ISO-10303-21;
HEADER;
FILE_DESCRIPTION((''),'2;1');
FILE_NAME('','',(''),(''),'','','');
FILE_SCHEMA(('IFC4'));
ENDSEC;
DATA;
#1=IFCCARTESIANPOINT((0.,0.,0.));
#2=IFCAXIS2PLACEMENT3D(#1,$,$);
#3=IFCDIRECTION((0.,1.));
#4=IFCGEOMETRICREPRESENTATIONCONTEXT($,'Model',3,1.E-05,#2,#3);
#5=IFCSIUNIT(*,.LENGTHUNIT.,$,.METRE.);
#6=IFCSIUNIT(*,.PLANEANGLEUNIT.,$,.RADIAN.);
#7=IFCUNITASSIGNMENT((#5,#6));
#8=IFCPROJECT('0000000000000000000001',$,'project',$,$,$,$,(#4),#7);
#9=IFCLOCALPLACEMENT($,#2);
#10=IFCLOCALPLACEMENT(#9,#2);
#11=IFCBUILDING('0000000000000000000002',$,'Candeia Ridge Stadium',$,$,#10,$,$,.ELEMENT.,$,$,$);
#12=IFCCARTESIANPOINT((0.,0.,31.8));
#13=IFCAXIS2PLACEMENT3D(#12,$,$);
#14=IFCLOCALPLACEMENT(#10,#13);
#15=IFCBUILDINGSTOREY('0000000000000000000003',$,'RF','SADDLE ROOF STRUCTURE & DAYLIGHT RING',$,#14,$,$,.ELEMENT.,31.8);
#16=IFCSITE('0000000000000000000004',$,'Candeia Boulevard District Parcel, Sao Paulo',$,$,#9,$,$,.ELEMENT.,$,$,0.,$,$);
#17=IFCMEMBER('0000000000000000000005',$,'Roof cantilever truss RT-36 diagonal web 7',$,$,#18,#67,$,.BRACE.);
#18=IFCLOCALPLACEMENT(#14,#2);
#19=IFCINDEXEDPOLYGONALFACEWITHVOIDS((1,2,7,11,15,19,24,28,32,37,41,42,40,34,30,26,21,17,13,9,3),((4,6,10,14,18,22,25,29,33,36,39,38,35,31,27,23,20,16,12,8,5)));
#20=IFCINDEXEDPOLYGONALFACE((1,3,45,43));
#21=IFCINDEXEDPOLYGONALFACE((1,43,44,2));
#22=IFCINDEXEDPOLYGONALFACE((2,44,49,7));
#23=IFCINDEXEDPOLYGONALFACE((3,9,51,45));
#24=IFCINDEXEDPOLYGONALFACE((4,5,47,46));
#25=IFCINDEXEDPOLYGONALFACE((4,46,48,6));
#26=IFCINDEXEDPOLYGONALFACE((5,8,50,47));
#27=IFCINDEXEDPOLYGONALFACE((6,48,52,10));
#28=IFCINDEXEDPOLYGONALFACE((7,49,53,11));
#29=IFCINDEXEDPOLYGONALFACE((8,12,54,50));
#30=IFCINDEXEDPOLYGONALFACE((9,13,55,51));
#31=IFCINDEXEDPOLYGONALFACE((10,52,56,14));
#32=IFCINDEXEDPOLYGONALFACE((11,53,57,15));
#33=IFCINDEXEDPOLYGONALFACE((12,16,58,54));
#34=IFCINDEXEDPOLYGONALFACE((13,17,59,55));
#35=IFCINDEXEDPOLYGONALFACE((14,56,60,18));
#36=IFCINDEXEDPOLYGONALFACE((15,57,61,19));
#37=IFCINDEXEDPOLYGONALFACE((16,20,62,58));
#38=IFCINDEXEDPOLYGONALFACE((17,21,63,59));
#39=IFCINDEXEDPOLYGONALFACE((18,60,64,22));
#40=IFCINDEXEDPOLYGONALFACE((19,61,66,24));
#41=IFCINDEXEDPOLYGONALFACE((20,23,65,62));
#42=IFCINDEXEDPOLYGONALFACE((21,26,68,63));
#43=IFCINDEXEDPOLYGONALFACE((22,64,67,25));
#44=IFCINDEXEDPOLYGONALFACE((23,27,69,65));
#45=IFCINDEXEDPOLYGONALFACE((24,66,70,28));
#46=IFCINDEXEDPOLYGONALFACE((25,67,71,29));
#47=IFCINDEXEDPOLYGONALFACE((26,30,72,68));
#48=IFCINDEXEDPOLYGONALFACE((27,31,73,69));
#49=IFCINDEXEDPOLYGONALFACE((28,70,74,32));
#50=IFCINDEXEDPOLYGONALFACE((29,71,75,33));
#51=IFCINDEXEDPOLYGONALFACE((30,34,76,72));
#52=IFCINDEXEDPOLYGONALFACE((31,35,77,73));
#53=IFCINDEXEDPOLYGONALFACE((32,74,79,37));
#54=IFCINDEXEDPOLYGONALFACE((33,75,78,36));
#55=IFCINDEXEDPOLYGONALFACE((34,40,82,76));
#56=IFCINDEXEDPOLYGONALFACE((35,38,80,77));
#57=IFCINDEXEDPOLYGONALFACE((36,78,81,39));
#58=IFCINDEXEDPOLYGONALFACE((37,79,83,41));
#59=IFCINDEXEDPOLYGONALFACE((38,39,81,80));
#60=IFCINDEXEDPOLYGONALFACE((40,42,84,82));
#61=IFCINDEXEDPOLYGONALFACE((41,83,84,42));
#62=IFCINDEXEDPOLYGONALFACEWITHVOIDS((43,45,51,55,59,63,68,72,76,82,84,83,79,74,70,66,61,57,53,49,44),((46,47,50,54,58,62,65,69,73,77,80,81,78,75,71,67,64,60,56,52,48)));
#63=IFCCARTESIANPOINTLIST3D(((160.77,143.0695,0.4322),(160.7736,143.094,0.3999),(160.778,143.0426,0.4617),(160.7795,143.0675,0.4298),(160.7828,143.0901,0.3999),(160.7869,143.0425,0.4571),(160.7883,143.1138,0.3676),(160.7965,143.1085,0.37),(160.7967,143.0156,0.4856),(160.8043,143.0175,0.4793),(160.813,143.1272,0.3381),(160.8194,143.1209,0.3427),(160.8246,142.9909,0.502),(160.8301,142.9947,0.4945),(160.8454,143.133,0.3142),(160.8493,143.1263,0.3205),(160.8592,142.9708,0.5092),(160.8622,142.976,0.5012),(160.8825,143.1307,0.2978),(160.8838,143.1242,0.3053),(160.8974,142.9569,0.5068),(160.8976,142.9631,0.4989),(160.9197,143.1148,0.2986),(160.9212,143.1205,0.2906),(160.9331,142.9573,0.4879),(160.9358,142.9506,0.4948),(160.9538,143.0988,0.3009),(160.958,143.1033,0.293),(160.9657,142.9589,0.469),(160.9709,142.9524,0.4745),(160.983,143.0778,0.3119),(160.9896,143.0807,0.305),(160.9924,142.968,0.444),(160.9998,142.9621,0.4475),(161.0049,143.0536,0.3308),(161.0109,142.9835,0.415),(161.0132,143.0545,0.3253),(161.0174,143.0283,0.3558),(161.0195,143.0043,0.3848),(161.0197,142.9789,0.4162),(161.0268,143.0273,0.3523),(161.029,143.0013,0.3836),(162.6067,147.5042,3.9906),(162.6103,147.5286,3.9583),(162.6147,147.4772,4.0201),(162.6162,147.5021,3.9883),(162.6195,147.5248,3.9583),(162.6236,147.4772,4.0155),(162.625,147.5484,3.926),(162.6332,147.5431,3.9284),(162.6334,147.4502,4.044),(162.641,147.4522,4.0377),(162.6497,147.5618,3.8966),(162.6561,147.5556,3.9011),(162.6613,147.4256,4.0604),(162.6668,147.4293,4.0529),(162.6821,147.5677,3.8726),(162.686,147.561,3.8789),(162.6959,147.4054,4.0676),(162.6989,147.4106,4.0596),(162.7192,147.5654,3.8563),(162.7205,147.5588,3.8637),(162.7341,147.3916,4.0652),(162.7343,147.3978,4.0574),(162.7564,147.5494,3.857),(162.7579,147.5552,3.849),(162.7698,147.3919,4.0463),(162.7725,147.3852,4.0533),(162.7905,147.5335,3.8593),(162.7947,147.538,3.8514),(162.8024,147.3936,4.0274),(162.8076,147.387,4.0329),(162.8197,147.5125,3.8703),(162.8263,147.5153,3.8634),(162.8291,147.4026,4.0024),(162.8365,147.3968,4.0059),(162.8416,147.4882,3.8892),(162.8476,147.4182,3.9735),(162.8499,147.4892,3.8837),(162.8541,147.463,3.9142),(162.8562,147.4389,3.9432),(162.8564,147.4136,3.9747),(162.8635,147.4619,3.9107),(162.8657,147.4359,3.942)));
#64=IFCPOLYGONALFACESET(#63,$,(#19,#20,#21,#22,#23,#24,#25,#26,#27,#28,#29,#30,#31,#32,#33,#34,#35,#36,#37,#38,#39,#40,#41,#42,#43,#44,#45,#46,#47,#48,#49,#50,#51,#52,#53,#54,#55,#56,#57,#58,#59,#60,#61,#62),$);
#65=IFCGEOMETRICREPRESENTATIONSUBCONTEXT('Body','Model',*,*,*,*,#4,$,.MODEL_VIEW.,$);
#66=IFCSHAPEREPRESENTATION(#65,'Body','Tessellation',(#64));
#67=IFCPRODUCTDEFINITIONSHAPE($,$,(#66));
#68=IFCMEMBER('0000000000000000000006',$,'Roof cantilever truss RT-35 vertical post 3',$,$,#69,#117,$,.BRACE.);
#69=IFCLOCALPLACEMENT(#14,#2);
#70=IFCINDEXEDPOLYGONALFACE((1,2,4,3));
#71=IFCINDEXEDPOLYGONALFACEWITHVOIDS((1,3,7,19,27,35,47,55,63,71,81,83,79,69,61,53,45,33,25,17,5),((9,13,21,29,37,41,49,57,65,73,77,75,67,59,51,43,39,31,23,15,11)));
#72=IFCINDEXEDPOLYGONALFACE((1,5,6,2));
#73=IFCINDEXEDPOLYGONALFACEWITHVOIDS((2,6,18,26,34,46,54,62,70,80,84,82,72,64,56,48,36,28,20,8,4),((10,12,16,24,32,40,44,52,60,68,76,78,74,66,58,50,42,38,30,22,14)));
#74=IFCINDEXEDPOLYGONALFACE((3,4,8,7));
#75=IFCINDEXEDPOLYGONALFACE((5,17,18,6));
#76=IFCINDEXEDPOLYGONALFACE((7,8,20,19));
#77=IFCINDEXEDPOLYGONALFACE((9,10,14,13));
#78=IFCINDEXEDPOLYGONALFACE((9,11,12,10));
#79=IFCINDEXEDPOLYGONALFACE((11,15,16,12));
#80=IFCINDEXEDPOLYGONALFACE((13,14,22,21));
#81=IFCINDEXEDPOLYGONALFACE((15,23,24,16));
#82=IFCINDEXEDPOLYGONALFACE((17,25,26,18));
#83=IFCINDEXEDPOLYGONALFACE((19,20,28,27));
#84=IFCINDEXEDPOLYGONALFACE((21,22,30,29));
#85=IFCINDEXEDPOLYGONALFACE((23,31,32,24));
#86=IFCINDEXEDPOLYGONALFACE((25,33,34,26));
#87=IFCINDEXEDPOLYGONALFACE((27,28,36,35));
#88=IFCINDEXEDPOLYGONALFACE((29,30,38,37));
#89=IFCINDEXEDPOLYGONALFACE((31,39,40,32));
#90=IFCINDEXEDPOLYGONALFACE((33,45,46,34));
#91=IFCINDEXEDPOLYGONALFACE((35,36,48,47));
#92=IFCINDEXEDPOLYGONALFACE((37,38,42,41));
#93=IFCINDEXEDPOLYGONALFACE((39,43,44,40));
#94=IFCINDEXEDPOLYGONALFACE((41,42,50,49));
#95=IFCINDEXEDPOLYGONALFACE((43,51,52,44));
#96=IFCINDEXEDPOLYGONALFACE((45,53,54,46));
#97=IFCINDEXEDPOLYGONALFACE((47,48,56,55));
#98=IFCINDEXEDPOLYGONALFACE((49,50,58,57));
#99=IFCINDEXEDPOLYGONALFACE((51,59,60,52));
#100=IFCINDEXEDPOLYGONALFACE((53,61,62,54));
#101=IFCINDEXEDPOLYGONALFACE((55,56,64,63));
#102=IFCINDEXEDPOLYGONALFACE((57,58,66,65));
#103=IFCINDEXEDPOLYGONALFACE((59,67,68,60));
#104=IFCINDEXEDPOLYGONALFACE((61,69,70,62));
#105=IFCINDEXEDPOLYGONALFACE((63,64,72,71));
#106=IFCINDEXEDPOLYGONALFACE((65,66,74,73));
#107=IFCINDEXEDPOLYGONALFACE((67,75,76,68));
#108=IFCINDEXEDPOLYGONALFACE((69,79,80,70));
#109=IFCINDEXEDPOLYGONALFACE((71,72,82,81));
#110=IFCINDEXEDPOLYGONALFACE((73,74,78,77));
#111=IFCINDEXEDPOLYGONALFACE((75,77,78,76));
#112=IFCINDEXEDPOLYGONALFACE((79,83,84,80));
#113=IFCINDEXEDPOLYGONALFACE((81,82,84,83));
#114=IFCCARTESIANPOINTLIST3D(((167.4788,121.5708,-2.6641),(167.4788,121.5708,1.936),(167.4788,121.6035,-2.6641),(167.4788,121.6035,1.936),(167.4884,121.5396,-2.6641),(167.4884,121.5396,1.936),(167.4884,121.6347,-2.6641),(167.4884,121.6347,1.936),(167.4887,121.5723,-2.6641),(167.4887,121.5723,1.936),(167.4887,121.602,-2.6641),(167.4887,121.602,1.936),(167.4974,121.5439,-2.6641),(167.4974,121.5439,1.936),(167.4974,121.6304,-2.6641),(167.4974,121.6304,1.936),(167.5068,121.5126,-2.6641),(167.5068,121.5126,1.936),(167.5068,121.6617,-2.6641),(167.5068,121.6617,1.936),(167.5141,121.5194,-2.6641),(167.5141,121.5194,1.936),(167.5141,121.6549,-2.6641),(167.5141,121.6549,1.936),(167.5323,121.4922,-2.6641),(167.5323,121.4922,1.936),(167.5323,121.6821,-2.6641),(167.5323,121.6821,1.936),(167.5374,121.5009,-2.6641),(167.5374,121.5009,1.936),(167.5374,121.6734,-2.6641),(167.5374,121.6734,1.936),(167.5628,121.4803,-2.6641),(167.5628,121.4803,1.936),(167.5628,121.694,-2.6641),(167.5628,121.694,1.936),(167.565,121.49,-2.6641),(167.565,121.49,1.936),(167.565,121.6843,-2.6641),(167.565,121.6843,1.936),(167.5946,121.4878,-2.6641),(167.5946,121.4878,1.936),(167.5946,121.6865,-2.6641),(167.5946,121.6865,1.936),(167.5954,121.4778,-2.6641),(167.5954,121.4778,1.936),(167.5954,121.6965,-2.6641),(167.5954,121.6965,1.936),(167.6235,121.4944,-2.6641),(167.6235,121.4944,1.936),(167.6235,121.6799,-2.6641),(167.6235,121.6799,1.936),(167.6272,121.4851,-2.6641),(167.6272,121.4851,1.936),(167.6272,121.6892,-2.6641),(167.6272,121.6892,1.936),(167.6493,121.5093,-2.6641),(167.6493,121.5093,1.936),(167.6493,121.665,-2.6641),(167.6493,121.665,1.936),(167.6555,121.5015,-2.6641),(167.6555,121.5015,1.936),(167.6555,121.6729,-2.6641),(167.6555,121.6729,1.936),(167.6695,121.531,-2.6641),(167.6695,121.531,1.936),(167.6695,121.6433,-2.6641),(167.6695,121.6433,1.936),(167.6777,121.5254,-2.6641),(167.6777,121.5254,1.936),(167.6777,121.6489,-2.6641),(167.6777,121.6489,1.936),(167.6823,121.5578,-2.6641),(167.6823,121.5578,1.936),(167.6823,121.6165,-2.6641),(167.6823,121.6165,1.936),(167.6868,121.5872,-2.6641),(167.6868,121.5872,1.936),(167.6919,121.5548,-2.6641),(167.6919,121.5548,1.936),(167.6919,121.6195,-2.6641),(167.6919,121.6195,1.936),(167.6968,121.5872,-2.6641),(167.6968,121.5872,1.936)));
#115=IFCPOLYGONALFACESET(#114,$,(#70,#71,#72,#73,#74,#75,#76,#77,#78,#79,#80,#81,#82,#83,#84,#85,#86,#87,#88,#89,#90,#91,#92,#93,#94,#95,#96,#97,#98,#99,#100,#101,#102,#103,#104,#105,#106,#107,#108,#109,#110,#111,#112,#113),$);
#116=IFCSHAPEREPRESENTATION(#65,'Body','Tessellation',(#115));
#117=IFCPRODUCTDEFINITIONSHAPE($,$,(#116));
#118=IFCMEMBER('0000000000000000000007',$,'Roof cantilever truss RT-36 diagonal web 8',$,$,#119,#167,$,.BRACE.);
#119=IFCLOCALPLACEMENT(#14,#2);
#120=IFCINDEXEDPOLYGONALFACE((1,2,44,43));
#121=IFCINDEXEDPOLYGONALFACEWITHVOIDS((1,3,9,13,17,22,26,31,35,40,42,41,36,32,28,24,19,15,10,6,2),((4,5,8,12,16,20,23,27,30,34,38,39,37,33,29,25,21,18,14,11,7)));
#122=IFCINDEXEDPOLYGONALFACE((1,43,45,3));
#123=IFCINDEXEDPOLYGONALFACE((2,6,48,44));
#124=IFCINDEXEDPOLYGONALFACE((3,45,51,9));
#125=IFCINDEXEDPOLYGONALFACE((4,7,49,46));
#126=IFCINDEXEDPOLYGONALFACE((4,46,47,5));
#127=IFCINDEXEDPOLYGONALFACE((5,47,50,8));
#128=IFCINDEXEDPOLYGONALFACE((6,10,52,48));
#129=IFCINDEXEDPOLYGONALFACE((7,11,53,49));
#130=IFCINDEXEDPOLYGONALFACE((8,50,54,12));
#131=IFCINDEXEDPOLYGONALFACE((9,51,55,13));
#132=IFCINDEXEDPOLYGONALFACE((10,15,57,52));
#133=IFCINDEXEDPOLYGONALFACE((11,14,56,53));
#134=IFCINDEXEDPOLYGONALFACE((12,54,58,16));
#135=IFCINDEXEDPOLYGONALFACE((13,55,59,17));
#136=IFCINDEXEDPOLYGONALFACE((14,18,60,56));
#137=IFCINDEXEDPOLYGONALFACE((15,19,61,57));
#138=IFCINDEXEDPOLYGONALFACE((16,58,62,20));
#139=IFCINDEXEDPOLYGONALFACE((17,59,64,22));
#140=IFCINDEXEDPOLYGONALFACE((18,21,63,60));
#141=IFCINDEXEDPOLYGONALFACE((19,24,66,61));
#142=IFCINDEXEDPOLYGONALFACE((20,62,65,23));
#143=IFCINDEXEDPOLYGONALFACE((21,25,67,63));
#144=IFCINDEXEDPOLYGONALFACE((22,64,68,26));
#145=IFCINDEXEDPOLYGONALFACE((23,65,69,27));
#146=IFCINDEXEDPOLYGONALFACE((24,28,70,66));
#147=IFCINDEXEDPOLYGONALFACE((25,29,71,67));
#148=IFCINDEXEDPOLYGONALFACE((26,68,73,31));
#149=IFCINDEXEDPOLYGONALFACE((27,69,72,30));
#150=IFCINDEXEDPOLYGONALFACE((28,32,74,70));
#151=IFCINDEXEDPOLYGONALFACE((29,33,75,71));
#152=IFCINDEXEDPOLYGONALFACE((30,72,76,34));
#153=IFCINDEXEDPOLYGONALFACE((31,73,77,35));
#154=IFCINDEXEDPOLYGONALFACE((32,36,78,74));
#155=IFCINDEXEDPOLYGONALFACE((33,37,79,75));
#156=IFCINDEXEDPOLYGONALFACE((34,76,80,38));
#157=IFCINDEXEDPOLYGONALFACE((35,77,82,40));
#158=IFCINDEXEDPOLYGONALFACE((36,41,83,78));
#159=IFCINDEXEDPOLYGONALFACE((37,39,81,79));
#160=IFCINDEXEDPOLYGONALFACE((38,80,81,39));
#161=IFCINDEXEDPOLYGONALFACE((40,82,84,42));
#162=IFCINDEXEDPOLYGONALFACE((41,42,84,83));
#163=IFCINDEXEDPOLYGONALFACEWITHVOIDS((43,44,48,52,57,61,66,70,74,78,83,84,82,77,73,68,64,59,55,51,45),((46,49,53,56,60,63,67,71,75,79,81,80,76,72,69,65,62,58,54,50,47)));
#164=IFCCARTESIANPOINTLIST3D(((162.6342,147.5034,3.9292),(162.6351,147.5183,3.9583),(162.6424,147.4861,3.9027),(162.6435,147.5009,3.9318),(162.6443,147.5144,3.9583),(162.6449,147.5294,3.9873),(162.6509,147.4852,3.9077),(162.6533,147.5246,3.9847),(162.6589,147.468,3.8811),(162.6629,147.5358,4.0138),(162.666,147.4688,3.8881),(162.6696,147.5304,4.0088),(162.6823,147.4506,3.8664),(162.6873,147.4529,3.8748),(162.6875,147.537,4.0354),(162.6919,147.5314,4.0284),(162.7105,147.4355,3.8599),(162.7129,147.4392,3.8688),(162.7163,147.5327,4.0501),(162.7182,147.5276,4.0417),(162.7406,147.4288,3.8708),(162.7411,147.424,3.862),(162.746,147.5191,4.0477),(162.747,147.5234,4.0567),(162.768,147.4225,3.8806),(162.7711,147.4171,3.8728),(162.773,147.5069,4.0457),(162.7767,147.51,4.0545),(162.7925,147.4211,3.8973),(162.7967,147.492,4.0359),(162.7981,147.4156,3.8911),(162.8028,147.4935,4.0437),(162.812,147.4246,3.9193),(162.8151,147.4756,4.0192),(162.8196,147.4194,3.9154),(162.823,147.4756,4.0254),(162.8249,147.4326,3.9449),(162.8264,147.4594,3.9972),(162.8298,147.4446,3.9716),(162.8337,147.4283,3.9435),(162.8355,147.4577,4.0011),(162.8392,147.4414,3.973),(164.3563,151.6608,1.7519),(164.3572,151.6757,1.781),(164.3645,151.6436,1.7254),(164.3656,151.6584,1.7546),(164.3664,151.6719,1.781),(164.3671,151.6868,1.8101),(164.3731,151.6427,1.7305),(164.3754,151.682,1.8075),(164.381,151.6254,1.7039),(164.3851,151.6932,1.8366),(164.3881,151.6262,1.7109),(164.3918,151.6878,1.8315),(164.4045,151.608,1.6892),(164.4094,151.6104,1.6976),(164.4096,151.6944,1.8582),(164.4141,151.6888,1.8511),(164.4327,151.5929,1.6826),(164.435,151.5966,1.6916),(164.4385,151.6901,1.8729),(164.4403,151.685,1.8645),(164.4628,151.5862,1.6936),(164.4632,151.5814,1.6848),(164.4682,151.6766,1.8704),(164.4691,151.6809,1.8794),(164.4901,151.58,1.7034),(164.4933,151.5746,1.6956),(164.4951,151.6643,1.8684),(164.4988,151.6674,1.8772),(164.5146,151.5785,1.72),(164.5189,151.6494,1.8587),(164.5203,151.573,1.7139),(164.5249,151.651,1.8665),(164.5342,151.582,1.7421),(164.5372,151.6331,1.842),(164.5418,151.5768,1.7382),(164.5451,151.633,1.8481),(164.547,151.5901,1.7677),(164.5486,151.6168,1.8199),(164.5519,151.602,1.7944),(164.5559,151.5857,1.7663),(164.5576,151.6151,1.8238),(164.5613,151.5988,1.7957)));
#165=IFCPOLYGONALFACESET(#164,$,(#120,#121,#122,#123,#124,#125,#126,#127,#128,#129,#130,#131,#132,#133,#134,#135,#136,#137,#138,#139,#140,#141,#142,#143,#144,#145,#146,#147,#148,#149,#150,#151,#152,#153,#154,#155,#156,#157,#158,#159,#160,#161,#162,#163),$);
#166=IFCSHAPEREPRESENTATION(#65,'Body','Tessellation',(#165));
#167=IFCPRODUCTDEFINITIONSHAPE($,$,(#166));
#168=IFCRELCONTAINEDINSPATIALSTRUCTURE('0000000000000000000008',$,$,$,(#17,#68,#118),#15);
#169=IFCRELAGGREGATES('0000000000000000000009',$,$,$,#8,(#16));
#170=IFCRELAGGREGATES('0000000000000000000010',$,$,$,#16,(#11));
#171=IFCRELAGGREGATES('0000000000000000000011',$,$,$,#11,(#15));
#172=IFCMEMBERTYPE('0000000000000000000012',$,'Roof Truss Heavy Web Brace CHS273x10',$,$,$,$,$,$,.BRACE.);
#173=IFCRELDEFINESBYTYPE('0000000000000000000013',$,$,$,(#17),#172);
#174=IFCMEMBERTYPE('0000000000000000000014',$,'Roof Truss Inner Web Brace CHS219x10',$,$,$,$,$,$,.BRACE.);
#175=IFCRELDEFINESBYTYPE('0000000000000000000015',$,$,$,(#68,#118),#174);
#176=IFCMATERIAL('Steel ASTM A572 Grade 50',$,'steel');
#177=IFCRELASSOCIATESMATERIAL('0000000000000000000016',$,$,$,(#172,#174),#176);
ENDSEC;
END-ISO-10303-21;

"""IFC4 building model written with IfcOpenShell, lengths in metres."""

from ifc_helpers import new_model, si_unit, direction, frame, origin, origin_2d, place, context, subcontext, project, spatial, hollow_circle, extrude, material, material_profile, profile_set, type_object, element, save


model = new_model("IFC4")

# Units and contexts
model_context = context("Model", 3, precision=1e-05, world=origin(), true_north=direction((0.0, 1.0)))
body_context = subcontext(model_context, "Body", "Model", "MODEL_VIEW")
ifc_project = project(units=[si_unit("LENGTHUNIT", "METRE"), si_unit("PLANEANGLEUNIT", "RADIAN")], contexts=[model_context])

# Site, building, storey
site_placement = place(None, origin())
site = spatial("IfcSite", under=ifc_project, at=site_placement, Name="Candeia Boulevard District Parcel, Sao Paulo", CompositionType="ELEMENT", RefElevation=0.0)
building_placement = place(site_placement, origin())
building = spatial("IfcBuilding", under=site, at=building_placement, Name="Candeia Ridge Stadium", CompositionType="ELEMENT")
storey_placement = place(building_placement, frame((0.0, 0.0, 31.8)))
storey = spatial("IfcBuildingStorey", under=building, at=storey_placement, Name="RF", Description="SADDLE ROOF STRUCTURE & DAYLIGHT RING", CompositionType="ELEMENT", Elevation=31.8)

# Shared definitions
ifc_material_1 = material(Name="Steel ASTM A572 Grade 50", Category="steel")

# Members
ifc_material_profile_1 = material_profile(ifc_material_1, hollow_circle(Radius=0.1365, WallThickness=0.01, at=origin_2d()), Name="CHS273x10", Category="steel")
ifc_profile_set_1 = profile_set([ifc_material_profile_1], Name="Steel ASTM A572 Grade 50")
member_type_1 = type_object("IfcMemberType", Name="Roof Truss Heavy Web Brace CHS273x10", PredefinedType="BRACE", material=ifc_profile_set_1)
member_1_placement = place(storey_placement, frame((160.8997, 143.0417, 0.3999), z_axis=(0.307392, 0.742188, 0.59554), x_axis=(-0.923893, 0.38265, 0.0)))
element("IfcMember", 1, at=member_1_placement, inside=storey, type_object=member_type_1, Name="Roof cantilever truss RT-36 diagonal web 7", PredefinedType="BRACE", context=body_context, shape_type="SweptSolid", body=[
    extrude(hollow_circle(Radius=0.1365, WallThickness=0.01, at=origin_2d()), origin(), (0.0, 0.0, 1.0), 5.9751),
])
ifc_material_profile_2 = material_profile(ifc_material_1, hollow_circle(Radius=0.1096, WallThickness=0.01, at=origin_2d()), Name="CHS219x10", Category="steel")
ifc_profile_set_2 = profile_set([ifc_material_profile_2], Name="Steel ASTM A572 Grade 50")
member_type_2 = type_object("IfcMemberType", Name="Roof Truss Inner Web Brace CHS219x10", PredefinedType="BRACE", material=ifc_profile_set_2)
member_2_placement = place(storey_placement, frame((167.5872, 121.5872, -2.6641), z_axis=(0.0, 0.0, 1.0), x_axis=(1.0, 0.0, 0.0)))
element("IfcMember", 2, at=member_2_placement, inside=storey, type_object=member_type_2, Name="Roof cantilever truss RT-35 vertical post 3", PredefinedType="BRACE", context=body_context, shape_type="SweptSolid", body=[
    extrude(hollow_circle(Radius=0.1096, WallThickness=0.01, at=origin_2d()), origin(), (0.0, 0.0, 1.0), 4.6001),
])
member_3_placement = place(storey_placement, frame((162.7363, 147.4763, 3.9583), z_axis=(0.344497, 0.831647, -0.435529), x_axis=(-0.923873, 0.3827, 0.0)))
element("IfcMember", 3, at=member_3_placement, inside=storey, type_object=member_type_2, Name="Roof cantilever truss RT-36 diagonal web 8", PredefinedType="BRACE", context=body_context, shape_type="SweptSolid", body=[
    extrude(hollow_circle(Radius=0.1096, WallThickness=0.01, at=origin_2d()), origin(), (0.0, 0.0, 1.0), 4.999),
])

save(model, "model.ifc")
